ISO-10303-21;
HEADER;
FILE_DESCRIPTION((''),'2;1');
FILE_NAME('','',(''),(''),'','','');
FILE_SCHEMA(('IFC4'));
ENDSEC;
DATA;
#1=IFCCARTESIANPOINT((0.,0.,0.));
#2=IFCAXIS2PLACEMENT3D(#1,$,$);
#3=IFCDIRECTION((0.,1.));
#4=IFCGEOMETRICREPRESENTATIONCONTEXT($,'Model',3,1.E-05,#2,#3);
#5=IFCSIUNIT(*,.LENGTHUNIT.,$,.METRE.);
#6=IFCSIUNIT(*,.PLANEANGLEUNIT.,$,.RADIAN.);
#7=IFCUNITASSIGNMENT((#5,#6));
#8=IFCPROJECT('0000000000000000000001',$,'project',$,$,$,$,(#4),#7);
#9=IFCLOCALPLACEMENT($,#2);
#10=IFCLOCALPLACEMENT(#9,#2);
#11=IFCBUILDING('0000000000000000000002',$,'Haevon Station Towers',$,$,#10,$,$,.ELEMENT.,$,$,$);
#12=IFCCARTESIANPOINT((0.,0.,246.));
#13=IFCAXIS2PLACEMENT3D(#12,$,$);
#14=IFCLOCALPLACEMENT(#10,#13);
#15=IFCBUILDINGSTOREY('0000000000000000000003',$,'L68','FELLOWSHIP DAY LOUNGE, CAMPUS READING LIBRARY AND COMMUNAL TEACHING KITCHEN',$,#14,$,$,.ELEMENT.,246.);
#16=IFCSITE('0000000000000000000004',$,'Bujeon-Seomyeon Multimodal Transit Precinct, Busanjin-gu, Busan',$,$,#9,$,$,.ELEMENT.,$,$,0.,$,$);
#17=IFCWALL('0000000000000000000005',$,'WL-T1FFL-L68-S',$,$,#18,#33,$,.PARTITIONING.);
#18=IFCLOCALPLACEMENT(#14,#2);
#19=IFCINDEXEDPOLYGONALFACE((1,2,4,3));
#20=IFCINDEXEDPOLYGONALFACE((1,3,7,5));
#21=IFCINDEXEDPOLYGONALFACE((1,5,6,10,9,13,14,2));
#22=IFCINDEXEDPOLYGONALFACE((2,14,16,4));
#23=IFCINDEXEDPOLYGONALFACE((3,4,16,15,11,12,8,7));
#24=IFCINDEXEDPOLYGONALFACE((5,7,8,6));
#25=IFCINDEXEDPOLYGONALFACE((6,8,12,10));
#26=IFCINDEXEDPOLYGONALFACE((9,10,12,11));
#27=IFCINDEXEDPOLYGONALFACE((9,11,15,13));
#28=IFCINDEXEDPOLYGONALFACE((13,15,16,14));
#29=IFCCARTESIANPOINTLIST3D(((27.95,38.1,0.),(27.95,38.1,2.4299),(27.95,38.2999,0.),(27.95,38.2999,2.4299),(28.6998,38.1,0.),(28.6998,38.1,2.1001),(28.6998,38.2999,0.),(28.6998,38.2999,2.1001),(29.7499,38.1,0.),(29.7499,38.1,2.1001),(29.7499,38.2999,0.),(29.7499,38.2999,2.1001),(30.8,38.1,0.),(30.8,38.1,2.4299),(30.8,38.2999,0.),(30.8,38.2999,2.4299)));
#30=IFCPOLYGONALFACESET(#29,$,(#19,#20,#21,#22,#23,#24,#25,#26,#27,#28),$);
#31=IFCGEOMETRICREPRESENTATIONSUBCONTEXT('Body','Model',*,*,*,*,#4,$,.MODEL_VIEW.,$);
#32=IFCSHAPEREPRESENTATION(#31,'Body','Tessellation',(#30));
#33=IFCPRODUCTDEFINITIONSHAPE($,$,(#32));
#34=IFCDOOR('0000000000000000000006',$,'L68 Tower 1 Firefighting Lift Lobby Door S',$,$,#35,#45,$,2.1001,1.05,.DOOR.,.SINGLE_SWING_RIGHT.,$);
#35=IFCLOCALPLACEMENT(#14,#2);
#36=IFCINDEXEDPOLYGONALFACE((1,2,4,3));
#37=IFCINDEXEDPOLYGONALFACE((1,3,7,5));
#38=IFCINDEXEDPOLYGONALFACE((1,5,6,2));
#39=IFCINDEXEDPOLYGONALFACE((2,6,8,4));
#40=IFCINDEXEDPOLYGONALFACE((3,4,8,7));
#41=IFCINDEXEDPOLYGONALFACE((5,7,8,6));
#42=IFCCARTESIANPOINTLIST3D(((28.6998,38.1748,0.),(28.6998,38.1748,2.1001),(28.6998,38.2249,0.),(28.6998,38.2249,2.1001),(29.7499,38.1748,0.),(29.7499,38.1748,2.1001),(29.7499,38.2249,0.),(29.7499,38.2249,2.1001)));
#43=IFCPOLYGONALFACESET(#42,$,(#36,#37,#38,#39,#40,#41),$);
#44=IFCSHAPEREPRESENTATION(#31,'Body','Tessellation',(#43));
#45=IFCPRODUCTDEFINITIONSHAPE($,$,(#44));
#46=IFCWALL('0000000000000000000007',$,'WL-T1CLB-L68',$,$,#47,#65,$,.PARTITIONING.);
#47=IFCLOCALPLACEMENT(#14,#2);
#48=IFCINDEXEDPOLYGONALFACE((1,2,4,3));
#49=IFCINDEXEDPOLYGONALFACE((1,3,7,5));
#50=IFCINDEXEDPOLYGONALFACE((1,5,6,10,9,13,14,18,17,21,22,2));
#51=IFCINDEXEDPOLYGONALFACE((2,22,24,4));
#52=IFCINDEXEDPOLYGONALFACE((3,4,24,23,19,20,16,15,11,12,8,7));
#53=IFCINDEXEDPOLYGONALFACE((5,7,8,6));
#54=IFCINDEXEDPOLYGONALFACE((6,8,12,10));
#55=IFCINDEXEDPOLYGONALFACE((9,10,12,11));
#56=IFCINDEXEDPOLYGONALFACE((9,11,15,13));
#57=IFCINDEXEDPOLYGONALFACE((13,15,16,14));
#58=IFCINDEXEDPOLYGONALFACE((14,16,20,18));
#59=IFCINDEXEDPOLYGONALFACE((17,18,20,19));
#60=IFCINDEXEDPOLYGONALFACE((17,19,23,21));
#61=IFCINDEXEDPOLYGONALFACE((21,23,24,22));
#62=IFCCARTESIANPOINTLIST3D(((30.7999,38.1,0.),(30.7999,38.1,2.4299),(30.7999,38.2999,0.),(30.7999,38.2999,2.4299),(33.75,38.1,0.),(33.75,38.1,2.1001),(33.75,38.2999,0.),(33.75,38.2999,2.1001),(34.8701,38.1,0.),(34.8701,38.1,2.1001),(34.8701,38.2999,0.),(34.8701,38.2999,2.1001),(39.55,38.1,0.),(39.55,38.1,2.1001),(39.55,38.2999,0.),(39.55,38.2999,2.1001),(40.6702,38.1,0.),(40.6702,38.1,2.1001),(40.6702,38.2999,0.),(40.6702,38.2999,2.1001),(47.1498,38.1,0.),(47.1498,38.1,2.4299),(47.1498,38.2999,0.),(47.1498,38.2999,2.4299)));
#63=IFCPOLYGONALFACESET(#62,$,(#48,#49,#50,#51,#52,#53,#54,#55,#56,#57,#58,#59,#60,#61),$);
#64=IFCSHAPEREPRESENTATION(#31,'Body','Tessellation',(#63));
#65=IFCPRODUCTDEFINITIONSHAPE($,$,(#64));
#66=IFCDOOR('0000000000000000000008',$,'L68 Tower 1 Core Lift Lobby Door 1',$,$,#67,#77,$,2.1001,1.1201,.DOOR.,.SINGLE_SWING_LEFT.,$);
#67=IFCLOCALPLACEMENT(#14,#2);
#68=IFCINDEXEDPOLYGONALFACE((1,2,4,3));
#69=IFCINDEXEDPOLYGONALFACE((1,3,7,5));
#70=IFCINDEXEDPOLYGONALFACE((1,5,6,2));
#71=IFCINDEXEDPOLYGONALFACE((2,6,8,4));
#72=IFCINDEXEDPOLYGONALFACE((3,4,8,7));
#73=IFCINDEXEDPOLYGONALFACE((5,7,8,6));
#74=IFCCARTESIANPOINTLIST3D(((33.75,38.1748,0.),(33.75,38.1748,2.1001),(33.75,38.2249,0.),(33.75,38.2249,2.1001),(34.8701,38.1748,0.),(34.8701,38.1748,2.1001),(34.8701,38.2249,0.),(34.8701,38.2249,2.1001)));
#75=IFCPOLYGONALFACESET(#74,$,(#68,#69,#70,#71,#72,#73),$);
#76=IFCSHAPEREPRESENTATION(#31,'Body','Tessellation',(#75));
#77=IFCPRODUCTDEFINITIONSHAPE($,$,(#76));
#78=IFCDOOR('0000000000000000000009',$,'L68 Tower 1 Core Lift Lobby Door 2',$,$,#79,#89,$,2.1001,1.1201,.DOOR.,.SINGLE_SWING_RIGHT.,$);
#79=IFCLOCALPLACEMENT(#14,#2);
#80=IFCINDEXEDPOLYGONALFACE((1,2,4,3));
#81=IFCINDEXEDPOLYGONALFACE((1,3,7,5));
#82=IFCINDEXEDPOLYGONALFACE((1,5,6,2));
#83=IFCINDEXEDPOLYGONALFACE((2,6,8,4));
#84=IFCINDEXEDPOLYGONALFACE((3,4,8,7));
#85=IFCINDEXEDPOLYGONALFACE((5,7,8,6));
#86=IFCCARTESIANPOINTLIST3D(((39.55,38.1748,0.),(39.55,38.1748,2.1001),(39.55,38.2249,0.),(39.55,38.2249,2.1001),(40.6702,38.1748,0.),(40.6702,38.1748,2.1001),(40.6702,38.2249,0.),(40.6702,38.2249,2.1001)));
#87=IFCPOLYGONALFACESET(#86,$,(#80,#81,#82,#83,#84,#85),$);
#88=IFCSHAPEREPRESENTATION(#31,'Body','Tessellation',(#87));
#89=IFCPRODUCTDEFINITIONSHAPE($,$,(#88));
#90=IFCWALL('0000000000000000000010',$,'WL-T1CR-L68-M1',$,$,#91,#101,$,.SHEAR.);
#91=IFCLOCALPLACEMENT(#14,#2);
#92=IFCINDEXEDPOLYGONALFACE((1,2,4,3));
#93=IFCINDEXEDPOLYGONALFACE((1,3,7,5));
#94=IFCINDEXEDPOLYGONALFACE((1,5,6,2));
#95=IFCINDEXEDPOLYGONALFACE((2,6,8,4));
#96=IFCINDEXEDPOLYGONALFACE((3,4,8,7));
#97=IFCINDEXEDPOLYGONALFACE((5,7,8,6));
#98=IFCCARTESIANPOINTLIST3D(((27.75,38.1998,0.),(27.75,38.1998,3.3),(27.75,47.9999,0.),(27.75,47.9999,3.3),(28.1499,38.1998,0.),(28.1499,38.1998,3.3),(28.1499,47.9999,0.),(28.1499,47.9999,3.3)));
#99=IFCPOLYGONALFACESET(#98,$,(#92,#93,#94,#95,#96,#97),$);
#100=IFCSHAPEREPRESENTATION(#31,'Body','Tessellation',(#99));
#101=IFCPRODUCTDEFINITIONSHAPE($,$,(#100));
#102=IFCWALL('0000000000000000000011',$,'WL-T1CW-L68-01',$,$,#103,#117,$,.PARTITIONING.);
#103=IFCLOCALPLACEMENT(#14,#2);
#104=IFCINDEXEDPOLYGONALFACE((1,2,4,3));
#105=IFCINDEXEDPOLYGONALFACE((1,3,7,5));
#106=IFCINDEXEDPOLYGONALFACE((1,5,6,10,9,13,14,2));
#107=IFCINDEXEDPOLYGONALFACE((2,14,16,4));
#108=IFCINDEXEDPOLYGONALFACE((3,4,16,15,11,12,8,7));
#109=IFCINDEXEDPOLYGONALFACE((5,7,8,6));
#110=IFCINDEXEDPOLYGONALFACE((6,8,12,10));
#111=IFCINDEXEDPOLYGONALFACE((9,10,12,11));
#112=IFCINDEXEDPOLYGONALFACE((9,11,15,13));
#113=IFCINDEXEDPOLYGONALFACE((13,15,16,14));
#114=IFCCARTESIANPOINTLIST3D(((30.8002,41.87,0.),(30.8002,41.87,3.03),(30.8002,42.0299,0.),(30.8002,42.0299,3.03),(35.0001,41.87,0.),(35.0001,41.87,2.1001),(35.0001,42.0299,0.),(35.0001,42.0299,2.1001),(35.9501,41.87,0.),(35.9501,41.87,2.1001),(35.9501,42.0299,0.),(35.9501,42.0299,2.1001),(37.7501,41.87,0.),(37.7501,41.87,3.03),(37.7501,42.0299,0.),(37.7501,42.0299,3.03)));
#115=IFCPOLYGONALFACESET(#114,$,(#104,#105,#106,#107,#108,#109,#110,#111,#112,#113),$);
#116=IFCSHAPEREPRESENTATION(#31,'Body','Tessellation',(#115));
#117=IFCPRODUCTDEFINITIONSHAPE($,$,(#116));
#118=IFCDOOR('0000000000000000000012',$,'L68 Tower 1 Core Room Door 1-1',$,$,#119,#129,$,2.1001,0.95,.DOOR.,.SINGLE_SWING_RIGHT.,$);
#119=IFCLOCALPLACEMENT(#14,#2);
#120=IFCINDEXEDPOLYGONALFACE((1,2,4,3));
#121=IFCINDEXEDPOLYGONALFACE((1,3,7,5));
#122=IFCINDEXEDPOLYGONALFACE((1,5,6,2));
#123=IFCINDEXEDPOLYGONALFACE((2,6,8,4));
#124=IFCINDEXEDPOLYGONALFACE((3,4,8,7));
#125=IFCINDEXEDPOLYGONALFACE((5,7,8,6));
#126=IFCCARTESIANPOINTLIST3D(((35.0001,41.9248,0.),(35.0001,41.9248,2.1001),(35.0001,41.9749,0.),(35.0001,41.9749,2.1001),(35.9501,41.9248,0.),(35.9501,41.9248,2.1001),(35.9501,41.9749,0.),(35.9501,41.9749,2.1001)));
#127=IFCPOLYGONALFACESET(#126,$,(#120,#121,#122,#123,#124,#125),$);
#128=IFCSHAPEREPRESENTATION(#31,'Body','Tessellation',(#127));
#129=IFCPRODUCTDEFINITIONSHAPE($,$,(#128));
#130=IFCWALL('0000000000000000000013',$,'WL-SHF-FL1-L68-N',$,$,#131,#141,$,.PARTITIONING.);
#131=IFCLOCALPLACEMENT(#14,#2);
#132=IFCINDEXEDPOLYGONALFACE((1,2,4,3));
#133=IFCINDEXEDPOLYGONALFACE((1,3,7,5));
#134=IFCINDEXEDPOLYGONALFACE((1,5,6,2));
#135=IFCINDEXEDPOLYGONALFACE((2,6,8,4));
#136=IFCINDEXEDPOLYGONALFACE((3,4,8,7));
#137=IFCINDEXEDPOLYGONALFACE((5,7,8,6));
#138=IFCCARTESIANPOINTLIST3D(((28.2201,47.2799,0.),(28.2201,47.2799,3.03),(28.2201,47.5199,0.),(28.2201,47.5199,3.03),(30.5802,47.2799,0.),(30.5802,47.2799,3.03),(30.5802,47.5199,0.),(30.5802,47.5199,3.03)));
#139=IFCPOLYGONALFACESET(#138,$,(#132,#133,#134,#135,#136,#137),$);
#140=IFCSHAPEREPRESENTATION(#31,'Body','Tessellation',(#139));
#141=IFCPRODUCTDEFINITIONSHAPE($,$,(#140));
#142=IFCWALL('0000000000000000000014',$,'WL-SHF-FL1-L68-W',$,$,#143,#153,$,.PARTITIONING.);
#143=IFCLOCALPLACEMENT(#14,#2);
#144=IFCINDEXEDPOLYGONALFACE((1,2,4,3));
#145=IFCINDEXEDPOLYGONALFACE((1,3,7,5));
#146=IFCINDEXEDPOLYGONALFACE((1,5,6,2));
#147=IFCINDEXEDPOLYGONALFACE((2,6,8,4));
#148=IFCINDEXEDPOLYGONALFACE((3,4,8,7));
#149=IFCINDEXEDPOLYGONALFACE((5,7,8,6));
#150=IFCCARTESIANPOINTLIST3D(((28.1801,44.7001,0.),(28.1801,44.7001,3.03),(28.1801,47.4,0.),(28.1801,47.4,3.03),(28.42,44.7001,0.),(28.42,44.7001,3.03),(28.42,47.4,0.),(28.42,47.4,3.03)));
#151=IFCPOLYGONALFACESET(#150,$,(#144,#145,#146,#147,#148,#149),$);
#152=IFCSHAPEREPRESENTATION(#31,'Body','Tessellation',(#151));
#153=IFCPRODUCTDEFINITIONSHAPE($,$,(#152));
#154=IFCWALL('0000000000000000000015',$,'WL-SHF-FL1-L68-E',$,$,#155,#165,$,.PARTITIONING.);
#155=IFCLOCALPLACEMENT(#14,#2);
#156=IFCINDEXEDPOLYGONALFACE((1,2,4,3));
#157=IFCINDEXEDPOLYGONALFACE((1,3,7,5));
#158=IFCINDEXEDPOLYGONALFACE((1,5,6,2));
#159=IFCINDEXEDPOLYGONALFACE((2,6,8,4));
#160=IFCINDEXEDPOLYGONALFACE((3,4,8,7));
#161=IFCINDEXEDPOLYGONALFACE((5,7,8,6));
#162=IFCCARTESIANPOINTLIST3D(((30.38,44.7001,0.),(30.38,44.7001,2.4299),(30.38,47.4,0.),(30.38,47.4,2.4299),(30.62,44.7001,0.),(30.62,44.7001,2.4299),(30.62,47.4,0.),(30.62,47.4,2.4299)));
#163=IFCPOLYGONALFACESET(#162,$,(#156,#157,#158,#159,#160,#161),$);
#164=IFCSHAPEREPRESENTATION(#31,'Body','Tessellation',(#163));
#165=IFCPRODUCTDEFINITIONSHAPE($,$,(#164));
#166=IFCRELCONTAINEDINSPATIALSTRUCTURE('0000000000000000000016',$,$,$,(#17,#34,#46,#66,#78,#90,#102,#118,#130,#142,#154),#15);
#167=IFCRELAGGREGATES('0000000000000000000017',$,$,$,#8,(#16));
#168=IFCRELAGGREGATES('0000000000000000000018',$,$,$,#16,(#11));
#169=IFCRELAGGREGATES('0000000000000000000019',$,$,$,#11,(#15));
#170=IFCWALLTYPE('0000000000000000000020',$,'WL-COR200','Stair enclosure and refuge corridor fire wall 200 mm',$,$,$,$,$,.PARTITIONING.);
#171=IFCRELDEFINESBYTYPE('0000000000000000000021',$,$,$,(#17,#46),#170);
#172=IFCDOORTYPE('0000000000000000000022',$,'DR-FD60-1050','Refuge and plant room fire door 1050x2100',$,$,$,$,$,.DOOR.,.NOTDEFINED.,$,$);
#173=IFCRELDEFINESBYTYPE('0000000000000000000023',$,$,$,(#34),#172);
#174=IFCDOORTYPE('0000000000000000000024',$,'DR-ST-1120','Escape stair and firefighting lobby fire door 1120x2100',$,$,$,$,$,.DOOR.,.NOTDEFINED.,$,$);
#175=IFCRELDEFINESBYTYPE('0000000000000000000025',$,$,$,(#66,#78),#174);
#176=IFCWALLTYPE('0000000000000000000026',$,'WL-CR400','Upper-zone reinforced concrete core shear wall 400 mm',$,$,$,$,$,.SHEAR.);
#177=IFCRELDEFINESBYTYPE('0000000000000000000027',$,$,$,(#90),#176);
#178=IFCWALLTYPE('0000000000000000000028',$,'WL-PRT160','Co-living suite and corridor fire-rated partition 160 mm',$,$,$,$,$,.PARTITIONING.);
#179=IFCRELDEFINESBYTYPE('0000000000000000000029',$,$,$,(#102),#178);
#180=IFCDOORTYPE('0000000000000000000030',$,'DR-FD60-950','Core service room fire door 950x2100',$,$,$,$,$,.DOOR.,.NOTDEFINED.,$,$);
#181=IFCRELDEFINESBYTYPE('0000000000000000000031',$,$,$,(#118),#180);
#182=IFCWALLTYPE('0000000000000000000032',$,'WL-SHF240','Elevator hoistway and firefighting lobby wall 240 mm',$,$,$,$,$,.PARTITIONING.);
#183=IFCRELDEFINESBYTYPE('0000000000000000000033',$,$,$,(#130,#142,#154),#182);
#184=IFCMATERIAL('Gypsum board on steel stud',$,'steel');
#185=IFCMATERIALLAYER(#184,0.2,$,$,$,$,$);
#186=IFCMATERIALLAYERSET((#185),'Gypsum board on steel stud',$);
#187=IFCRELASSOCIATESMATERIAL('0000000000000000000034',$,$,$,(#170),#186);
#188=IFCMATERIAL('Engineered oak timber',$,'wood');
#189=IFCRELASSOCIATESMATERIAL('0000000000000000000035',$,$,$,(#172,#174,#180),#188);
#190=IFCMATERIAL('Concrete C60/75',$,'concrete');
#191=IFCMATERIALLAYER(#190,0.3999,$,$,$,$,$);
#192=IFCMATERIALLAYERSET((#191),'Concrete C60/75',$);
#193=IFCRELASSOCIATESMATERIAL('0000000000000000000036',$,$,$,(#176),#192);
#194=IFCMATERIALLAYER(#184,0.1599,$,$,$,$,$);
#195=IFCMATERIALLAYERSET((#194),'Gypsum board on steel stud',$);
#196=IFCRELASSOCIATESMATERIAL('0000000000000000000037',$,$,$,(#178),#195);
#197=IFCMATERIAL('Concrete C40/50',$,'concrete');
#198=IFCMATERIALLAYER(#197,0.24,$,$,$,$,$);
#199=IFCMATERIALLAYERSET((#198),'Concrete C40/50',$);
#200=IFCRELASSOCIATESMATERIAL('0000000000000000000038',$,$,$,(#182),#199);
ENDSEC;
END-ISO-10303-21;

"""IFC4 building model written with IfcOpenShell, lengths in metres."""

from ifc_helpers import new_model, si_unit, direction, frame, frame_2d, origin, place, context, subcontext, project, spatial, rectangle, extrude, material, layer, layer_set, type_object, element, fill, save


model = new_model("IFC4")

# Units and contexts
model_context = context("Model", 3, precision=1e-05, world=origin(), true_north=direction((0.0, 1.0)))
body_context = subcontext(model_context, "Body", "Model", "MODEL_VIEW")
ifc_project = project(units=[si_unit("LENGTHUNIT", "METRE"), si_unit("PLANEANGLEUNIT", "RADIAN")], contexts=[model_context])

# Site, building, storey
site_placement = place(None, origin())
site = spatial("IfcSite", under=ifc_project, at=site_placement, Name="Bujeon-Seomyeon Multimodal Transit Precinct, Busanjin-gu, Busan", CompositionType="ELEMENT", RefElevation=0.0)
building_placement = place(site_placement, origin())
building = spatial("IfcBuilding", under=site, at=building_placement, Name="Haevon Station Towers", CompositionType="ELEMENT")
storey_placement = place(building_placement, frame((0.0, 0.0, 246.0)))
storey = spatial("IfcBuildingStorey", under=building, at=storey_placement, Name="L68", Description="FELLOWSHIP DAY LOUNGE, CAMPUS READING LIBRARY AND COMMUNAL TEACHING KITCHEN", CompositionType="ELEMENT", Elevation=246.0)

# Wall, opening, door
ifc_material_1 = material(Name="Gypsum board on steel stud", Category="steel")
ifc_layer_1 = layer(ifc_material_1, 0.2)
ifc_layer_set_1 = layer_set([ifc_layer_1], Name="Gypsum board on steel stud")
wall_type_1 = type_object("IfcWallType", Name="WL-COR200", Description="Stair enclosure and refuge corridor fire wall 200 mm", PredefinedType="PARTITIONING", material=ifc_layer_set_1)
ifc_material_2 = material(Name="Engineered oak timber", Category="wood")
door_type_1 = type_object("IfcDoorType", Name="DR-FD60-1050", Description="Refuge and plant room fire door 1050x2100", OperationType="NOTDEFINED", PredefinedType="DOOR", material=ifc_material_2)
wall_1_placement = place(storey_placement, frame((27.95, 38.2, 0.0), z_axis=(0.0, 0.0, 1.0), x_axis=(1.0, 0.0, 0.0)))
wall_1 = element("IfcWall", 1, at=wall_1_placement, inside=storey, type_object=wall_type_1, Name="WL-T1FFL-L68-S", PredefinedType="PARTITIONING", context=body_context, shape_type="SweptSolid", body=[
    extrude(rectangle(XDim=2.8501, YDim=0.2, at=frame_2d((1.425, 0.0))), origin(), (0.0, 0.0, 1.0), 2.4299),
])
opening_1_placement = place(wall_1_placement, frame((0.75, 0.0, 0.0)))
opening_1 = element("IfcOpeningElement", 2, at=opening_1_placement, cuts=wall_1, PredefinedType="OPENING", context=body_context, shape_type="SweptSolid", body=[
    extrude(rectangle(XDim=1.05, YDim=2.1001, at=frame_2d((0.5249, 1.05))), frame((0.0, 0.1099, 0.0), z_axis=(0.0, -1.0, 0.0), x_axis=(1.0, 0.0, 0.0)), (0.0, 0.0, 1.0), 0.22),
])
door_1_placement = place(opening_1_placement, origin())
door_1 = element("IfcDoor", 3, at=door_1_placement, inside=storey, type_object=door_type_1, Name="L68 Tower 1 Firefighting Lift Lobby Door S", OperationType="SINGLE_SWING_RIGHT", OverallHeight=2.1001, OverallWidth=1.05, PredefinedType="DOOR", context=body_context, shape_type="SweptSolid", body=[
    extrude(rectangle(XDim=1.05, YDim=2.1001, at=frame_2d((0.5249, 1.05))), frame((0.0, 0.0249, 0.0), z_axis=(0.0, -1.0, 0.0), x_axis=(1.0, 0.0, 0.0)), (0.0, 0.0, 1.0), 0.05),
])
fill(opening_1, door_1)

# Wall, openings, doors
wall_2_placement = place(storey_placement, frame((30.8, 38.2, 0.0), z_axis=(0.0, 0.0, 1.0), x_axis=(1.0, 0.0, 0.0)))
wall_2 = element("IfcWall", 4, at=wall_2_placement, inside=storey, type_object=wall_type_1, Name="WL-T1CLB-L68", PredefinedType="PARTITIONING", context=body_context, shape_type="SweptSolid", body=[
    extrude(rectangle(XDim=16.3499, YDim=0.2, at=frame_2d((8.1748, 0.0))), origin(), (0.0, 0.0, 1.0), 2.4299),
])
opening_2_placement = place(wall_2_placement, frame((2.95, 0.0, 0.0)))
opening_2 = element("IfcOpeningElement", 5, at=opening_2_placement, cuts=wall_2, PredefinedType="OPENING", context=body_context, shape_type="SweptSolid", body=[
    extrude(rectangle(XDim=1.1201, YDim=2.1001, at=frame_2d((0.5601, 1.05))), frame((0.0, 0.1099, 0.0), z_axis=(0.0, -1.0, 0.0), x_axis=(1.0, 0.0, 0.0)), (0.0, 0.0, 1.0), 0.22),
])
opening_3_placement = place(wall_2_placement, frame((8.75, 0.0, 0.0)))
opening_3 = element("IfcOpeningElement", 6, at=opening_3_placement, cuts=wall_2, PredefinedType="OPENING", context=body_context, shape_type="SweptSolid", body=[
    extrude(rectangle(XDim=1.1201, YDim=2.1001, at=frame_2d((0.5601, 1.05))), frame((0.0, 0.1099, 0.0), z_axis=(0.0, -1.0, 0.0), x_axis=(1.0, 0.0, 0.0)), (0.0, 0.0, 1.0), 0.22),
])
door_type_2 = type_object("IfcDoorType", Name="DR-ST-1120", Description="Escape stair and firefighting lobby fire door 1120x2100", OperationType="NOTDEFINED", PredefinedType="DOOR", material=ifc_material_2)
door_2_placement = place(opening_2_placement, origin())
door_2 = element("IfcDoor", 7, at=door_2_placement, inside=storey, type_object=door_type_2, Name="L68 Tower 1 Core Lift Lobby Door 1", OperationType="SINGLE_SWING_LEFT", OverallHeight=2.1001, OverallWidth=1.1201, PredefinedType="DOOR", context=body_context, shape_type="SweptSolid", body=[
    extrude(rectangle(XDim=1.1201, YDim=2.1001, at=frame_2d((0.5601, 1.05))), frame((0.0, 0.0249, 0.0), z_axis=(0.0, -1.0, 0.0), x_axis=(1.0, 0.0, 0.0)), (0.0, 0.0, 1.0), 0.05),
])
fill(opening_2, door_2)
door_3_placement = place(opening_3_placement, origin())
door_3 = element("IfcDoor", 8, at=door_3_placement, inside=storey, type_object=door_type_2, Name="L68 Tower 1 Core Lift Lobby Door 2", OperationType="SINGLE_SWING_RIGHT", OverallHeight=2.1001, OverallWidth=1.1201, PredefinedType="DOOR", context=body_context, shape_type="SweptSolid", body=[
    extrude(rectangle(XDim=1.1201, YDim=2.1001, at=frame_2d((0.5601, 1.05))), frame((0.0, 0.0249, 0.0), z_axis=(0.0, -1.0, 0.0), x_axis=(1.0, 0.0, 0.0)), (0.0, 0.0, 1.0), 0.05),
])
fill(opening_3, door_3)

# Wall
ifc_material_3 = material(Name="Concrete C60/75", Category="concrete")
ifc_layer_2 = layer(ifc_material_3, 0.3999)
ifc_layer_set_2 = layer_set([ifc_layer_2], Name="Concrete C60/75")
wall_type_2 = type_object("IfcWallType", Name="WL-CR400", Description="Upper-zone reinforced concrete core shear wall 400 mm", PredefinedType="SHEAR", material=ifc_layer_set_2)
wall_3_placement = place(storey_placement, frame((27.95, 38.2, 0.0), z_axis=(0.0, 0.0, 1.0), x_axis=(0.0, 1.0, 0.0)))
element("IfcWall", 9, at=wall_3_placement, inside=storey, type_object=wall_type_2, Name="WL-T1CR-L68-M1", PredefinedType="SHEAR", context=body_context, shape_type="SweptSolid", body=[
    extrude(rectangle(XDim=9.8, YDim=0.3999, at=frame_2d((4.8999, 0.0))), origin(), (0.0, 0.0, 1.0), 3.3),
])

# Wall, opening, door
ifc_layer_3 = layer(ifc_material_1, 0.1599)
ifc_layer_set_3 = layer_set([ifc_layer_3], Name="Gypsum board on steel stud")
wall_type_3 = type_object("IfcWallType", Name="WL-PRT160", Description="Co-living suite and corridor fire-rated partition 160 mm", PredefinedType="PARTITIONING", material=ifc_layer_set_3)
wall_4_placement = place(storey_placement, frame((30.8, 41.95, 0.0), z_axis=(0.0, 0.0, 1.0), x_axis=(1.0, 0.0, 0.0)))
wall_4 = element("IfcWall", 10, at=wall_4_placement, inside=storey, type_object=wall_type_3, Name="WL-T1CW-L68-01", PredefinedType="PARTITIONING", context=body_context, shape_type="SweptSolid", body=[
    extrude(rectangle(XDim=6.95, YDim=0.1599, at=frame_2d((3.4751, 0.0))), origin(), (0.0, 0.0, 1.0), 3.03),
])
opening_4_placement = place(wall_4_placement, frame((4.2, 0.0, 0.0)))
opening_4 = element("IfcOpeningElement", 11, at=opening_4_placement, cuts=wall_4, PredefinedType="OPENING", context=body_context, shape_type="SweptSolid", body=[
    extrude(rectangle(XDim=0.95, YDim=2.1001, at=frame_2d((0.4751, 1.05))), frame((0.0, 0.0898, 0.0), z_axis=(0.0, -1.0, 0.0), x_axis=(1.0, 0.0, 0.0)), (0.0, 0.0, 1.0), 0.1799),
])
door_type_3 = type_object("IfcDoorType", Name="DR-FD60-950", Description="Core service room fire door 950x2100", OperationType="NOTDEFINED", PredefinedType="DOOR", material=ifc_material_2)
door_4_placement = place(opening_4_placement, origin())
door_4 = element("IfcDoor", 12, at=door_4_placement, inside=storey, type_object=door_type_3, Name="L68 Tower 1 Core Room Door 1-1", OperationType="SINGLE_SWING_RIGHT", OverallHeight=2.1001, OverallWidth=0.95, PredefinedType="DOOR", context=body_context, shape_type="SweptSolid", body=[
    extrude(rectangle(XDim=0.95, YDim=2.1001, at=frame_2d((0.4751, 1.05))), frame((0.0, 0.0249, 0.0), z_axis=(0.0, -1.0, 0.0), x_axis=(1.0, 0.0, 0.0)), (0.0, 0.0, 1.0), 0.05),
])
fill(opening_4, door_4)
ifc_material_4 = material(Name="Concrete C40/50", Category="concrete")
ifc_layer_4 = layer(ifc_material_4, 0.24)
ifc_layer_set_4 = layer_set([ifc_layer_4], Name="Concrete C40/50")
wall_type_4 = type_object("IfcWallType", Name="WL-SHF240", Description="Elevator hoistway and firefighting lobby wall 240 mm", PredefinedType="PARTITIONING", material=ifc_layer_set_4)

# Walls
wall_5_placement = place(storey_placement, frame((28.22, 47.3999, 0.0), z_axis=(0.0, 0.0, 1.0), x_axis=(1.0, 0.0, 0.0)))
element("IfcWall", 13, at=wall_5_placement, inside=storey, type_object=wall_type_4, Name="WL-SHF-FL1-L68-N", PredefinedType="PARTITIONING", context=body_context, shape_type="SweptSolid", body=[
    extrude(rectangle(XDim=2.3601, YDim=0.24, at=frame_2d((1.1802, 0.0))), origin(), (0.0, 0.0, 1.0), 3.03),
])
wall_6_placement = place(storey_placement, frame((28.3, 44.7, 0.0), z_axis=(0.0, 0.0, 1.0), x_axis=(0.0, 1.0, 0.0)))
element("IfcWall", 14, at=wall_6_placement, inside=storey, type_object=wall_type_4, Name="WL-SHF-FL1-L68-W", PredefinedType="PARTITIONING", context=body_context, shape_type="SweptSolid", body=[
    extrude(rectangle(XDim=2.7, YDim=0.24, at=frame_2d((1.3501, 0.0))), origin(), (0.0, 0.0, 1.0), 3.03),
])
wall_7_placement = place(storey_placement, frame((30.5, 44.7, 0.0), z_axis=(0.0, 0.0, 1.0), x_axis=(0.0, 1.0, 0.0)))
element("IfcWall", 15, at=wall_7_placement, inside=storey, type_object=wall_type_4, Name="WL-SHF-FL1-L68-E", PredefinedType="PARTITIONING", context=body_context, shape_type="SweptSolid", body=[
    extrude(rectangle(XDim=2.7, YDim=0.24, at=frame_2d((1.3501, 0.0))), origin(), (0.0, 0.0, 1.0), 2.4299),
])

save(model, "model.ifc")
